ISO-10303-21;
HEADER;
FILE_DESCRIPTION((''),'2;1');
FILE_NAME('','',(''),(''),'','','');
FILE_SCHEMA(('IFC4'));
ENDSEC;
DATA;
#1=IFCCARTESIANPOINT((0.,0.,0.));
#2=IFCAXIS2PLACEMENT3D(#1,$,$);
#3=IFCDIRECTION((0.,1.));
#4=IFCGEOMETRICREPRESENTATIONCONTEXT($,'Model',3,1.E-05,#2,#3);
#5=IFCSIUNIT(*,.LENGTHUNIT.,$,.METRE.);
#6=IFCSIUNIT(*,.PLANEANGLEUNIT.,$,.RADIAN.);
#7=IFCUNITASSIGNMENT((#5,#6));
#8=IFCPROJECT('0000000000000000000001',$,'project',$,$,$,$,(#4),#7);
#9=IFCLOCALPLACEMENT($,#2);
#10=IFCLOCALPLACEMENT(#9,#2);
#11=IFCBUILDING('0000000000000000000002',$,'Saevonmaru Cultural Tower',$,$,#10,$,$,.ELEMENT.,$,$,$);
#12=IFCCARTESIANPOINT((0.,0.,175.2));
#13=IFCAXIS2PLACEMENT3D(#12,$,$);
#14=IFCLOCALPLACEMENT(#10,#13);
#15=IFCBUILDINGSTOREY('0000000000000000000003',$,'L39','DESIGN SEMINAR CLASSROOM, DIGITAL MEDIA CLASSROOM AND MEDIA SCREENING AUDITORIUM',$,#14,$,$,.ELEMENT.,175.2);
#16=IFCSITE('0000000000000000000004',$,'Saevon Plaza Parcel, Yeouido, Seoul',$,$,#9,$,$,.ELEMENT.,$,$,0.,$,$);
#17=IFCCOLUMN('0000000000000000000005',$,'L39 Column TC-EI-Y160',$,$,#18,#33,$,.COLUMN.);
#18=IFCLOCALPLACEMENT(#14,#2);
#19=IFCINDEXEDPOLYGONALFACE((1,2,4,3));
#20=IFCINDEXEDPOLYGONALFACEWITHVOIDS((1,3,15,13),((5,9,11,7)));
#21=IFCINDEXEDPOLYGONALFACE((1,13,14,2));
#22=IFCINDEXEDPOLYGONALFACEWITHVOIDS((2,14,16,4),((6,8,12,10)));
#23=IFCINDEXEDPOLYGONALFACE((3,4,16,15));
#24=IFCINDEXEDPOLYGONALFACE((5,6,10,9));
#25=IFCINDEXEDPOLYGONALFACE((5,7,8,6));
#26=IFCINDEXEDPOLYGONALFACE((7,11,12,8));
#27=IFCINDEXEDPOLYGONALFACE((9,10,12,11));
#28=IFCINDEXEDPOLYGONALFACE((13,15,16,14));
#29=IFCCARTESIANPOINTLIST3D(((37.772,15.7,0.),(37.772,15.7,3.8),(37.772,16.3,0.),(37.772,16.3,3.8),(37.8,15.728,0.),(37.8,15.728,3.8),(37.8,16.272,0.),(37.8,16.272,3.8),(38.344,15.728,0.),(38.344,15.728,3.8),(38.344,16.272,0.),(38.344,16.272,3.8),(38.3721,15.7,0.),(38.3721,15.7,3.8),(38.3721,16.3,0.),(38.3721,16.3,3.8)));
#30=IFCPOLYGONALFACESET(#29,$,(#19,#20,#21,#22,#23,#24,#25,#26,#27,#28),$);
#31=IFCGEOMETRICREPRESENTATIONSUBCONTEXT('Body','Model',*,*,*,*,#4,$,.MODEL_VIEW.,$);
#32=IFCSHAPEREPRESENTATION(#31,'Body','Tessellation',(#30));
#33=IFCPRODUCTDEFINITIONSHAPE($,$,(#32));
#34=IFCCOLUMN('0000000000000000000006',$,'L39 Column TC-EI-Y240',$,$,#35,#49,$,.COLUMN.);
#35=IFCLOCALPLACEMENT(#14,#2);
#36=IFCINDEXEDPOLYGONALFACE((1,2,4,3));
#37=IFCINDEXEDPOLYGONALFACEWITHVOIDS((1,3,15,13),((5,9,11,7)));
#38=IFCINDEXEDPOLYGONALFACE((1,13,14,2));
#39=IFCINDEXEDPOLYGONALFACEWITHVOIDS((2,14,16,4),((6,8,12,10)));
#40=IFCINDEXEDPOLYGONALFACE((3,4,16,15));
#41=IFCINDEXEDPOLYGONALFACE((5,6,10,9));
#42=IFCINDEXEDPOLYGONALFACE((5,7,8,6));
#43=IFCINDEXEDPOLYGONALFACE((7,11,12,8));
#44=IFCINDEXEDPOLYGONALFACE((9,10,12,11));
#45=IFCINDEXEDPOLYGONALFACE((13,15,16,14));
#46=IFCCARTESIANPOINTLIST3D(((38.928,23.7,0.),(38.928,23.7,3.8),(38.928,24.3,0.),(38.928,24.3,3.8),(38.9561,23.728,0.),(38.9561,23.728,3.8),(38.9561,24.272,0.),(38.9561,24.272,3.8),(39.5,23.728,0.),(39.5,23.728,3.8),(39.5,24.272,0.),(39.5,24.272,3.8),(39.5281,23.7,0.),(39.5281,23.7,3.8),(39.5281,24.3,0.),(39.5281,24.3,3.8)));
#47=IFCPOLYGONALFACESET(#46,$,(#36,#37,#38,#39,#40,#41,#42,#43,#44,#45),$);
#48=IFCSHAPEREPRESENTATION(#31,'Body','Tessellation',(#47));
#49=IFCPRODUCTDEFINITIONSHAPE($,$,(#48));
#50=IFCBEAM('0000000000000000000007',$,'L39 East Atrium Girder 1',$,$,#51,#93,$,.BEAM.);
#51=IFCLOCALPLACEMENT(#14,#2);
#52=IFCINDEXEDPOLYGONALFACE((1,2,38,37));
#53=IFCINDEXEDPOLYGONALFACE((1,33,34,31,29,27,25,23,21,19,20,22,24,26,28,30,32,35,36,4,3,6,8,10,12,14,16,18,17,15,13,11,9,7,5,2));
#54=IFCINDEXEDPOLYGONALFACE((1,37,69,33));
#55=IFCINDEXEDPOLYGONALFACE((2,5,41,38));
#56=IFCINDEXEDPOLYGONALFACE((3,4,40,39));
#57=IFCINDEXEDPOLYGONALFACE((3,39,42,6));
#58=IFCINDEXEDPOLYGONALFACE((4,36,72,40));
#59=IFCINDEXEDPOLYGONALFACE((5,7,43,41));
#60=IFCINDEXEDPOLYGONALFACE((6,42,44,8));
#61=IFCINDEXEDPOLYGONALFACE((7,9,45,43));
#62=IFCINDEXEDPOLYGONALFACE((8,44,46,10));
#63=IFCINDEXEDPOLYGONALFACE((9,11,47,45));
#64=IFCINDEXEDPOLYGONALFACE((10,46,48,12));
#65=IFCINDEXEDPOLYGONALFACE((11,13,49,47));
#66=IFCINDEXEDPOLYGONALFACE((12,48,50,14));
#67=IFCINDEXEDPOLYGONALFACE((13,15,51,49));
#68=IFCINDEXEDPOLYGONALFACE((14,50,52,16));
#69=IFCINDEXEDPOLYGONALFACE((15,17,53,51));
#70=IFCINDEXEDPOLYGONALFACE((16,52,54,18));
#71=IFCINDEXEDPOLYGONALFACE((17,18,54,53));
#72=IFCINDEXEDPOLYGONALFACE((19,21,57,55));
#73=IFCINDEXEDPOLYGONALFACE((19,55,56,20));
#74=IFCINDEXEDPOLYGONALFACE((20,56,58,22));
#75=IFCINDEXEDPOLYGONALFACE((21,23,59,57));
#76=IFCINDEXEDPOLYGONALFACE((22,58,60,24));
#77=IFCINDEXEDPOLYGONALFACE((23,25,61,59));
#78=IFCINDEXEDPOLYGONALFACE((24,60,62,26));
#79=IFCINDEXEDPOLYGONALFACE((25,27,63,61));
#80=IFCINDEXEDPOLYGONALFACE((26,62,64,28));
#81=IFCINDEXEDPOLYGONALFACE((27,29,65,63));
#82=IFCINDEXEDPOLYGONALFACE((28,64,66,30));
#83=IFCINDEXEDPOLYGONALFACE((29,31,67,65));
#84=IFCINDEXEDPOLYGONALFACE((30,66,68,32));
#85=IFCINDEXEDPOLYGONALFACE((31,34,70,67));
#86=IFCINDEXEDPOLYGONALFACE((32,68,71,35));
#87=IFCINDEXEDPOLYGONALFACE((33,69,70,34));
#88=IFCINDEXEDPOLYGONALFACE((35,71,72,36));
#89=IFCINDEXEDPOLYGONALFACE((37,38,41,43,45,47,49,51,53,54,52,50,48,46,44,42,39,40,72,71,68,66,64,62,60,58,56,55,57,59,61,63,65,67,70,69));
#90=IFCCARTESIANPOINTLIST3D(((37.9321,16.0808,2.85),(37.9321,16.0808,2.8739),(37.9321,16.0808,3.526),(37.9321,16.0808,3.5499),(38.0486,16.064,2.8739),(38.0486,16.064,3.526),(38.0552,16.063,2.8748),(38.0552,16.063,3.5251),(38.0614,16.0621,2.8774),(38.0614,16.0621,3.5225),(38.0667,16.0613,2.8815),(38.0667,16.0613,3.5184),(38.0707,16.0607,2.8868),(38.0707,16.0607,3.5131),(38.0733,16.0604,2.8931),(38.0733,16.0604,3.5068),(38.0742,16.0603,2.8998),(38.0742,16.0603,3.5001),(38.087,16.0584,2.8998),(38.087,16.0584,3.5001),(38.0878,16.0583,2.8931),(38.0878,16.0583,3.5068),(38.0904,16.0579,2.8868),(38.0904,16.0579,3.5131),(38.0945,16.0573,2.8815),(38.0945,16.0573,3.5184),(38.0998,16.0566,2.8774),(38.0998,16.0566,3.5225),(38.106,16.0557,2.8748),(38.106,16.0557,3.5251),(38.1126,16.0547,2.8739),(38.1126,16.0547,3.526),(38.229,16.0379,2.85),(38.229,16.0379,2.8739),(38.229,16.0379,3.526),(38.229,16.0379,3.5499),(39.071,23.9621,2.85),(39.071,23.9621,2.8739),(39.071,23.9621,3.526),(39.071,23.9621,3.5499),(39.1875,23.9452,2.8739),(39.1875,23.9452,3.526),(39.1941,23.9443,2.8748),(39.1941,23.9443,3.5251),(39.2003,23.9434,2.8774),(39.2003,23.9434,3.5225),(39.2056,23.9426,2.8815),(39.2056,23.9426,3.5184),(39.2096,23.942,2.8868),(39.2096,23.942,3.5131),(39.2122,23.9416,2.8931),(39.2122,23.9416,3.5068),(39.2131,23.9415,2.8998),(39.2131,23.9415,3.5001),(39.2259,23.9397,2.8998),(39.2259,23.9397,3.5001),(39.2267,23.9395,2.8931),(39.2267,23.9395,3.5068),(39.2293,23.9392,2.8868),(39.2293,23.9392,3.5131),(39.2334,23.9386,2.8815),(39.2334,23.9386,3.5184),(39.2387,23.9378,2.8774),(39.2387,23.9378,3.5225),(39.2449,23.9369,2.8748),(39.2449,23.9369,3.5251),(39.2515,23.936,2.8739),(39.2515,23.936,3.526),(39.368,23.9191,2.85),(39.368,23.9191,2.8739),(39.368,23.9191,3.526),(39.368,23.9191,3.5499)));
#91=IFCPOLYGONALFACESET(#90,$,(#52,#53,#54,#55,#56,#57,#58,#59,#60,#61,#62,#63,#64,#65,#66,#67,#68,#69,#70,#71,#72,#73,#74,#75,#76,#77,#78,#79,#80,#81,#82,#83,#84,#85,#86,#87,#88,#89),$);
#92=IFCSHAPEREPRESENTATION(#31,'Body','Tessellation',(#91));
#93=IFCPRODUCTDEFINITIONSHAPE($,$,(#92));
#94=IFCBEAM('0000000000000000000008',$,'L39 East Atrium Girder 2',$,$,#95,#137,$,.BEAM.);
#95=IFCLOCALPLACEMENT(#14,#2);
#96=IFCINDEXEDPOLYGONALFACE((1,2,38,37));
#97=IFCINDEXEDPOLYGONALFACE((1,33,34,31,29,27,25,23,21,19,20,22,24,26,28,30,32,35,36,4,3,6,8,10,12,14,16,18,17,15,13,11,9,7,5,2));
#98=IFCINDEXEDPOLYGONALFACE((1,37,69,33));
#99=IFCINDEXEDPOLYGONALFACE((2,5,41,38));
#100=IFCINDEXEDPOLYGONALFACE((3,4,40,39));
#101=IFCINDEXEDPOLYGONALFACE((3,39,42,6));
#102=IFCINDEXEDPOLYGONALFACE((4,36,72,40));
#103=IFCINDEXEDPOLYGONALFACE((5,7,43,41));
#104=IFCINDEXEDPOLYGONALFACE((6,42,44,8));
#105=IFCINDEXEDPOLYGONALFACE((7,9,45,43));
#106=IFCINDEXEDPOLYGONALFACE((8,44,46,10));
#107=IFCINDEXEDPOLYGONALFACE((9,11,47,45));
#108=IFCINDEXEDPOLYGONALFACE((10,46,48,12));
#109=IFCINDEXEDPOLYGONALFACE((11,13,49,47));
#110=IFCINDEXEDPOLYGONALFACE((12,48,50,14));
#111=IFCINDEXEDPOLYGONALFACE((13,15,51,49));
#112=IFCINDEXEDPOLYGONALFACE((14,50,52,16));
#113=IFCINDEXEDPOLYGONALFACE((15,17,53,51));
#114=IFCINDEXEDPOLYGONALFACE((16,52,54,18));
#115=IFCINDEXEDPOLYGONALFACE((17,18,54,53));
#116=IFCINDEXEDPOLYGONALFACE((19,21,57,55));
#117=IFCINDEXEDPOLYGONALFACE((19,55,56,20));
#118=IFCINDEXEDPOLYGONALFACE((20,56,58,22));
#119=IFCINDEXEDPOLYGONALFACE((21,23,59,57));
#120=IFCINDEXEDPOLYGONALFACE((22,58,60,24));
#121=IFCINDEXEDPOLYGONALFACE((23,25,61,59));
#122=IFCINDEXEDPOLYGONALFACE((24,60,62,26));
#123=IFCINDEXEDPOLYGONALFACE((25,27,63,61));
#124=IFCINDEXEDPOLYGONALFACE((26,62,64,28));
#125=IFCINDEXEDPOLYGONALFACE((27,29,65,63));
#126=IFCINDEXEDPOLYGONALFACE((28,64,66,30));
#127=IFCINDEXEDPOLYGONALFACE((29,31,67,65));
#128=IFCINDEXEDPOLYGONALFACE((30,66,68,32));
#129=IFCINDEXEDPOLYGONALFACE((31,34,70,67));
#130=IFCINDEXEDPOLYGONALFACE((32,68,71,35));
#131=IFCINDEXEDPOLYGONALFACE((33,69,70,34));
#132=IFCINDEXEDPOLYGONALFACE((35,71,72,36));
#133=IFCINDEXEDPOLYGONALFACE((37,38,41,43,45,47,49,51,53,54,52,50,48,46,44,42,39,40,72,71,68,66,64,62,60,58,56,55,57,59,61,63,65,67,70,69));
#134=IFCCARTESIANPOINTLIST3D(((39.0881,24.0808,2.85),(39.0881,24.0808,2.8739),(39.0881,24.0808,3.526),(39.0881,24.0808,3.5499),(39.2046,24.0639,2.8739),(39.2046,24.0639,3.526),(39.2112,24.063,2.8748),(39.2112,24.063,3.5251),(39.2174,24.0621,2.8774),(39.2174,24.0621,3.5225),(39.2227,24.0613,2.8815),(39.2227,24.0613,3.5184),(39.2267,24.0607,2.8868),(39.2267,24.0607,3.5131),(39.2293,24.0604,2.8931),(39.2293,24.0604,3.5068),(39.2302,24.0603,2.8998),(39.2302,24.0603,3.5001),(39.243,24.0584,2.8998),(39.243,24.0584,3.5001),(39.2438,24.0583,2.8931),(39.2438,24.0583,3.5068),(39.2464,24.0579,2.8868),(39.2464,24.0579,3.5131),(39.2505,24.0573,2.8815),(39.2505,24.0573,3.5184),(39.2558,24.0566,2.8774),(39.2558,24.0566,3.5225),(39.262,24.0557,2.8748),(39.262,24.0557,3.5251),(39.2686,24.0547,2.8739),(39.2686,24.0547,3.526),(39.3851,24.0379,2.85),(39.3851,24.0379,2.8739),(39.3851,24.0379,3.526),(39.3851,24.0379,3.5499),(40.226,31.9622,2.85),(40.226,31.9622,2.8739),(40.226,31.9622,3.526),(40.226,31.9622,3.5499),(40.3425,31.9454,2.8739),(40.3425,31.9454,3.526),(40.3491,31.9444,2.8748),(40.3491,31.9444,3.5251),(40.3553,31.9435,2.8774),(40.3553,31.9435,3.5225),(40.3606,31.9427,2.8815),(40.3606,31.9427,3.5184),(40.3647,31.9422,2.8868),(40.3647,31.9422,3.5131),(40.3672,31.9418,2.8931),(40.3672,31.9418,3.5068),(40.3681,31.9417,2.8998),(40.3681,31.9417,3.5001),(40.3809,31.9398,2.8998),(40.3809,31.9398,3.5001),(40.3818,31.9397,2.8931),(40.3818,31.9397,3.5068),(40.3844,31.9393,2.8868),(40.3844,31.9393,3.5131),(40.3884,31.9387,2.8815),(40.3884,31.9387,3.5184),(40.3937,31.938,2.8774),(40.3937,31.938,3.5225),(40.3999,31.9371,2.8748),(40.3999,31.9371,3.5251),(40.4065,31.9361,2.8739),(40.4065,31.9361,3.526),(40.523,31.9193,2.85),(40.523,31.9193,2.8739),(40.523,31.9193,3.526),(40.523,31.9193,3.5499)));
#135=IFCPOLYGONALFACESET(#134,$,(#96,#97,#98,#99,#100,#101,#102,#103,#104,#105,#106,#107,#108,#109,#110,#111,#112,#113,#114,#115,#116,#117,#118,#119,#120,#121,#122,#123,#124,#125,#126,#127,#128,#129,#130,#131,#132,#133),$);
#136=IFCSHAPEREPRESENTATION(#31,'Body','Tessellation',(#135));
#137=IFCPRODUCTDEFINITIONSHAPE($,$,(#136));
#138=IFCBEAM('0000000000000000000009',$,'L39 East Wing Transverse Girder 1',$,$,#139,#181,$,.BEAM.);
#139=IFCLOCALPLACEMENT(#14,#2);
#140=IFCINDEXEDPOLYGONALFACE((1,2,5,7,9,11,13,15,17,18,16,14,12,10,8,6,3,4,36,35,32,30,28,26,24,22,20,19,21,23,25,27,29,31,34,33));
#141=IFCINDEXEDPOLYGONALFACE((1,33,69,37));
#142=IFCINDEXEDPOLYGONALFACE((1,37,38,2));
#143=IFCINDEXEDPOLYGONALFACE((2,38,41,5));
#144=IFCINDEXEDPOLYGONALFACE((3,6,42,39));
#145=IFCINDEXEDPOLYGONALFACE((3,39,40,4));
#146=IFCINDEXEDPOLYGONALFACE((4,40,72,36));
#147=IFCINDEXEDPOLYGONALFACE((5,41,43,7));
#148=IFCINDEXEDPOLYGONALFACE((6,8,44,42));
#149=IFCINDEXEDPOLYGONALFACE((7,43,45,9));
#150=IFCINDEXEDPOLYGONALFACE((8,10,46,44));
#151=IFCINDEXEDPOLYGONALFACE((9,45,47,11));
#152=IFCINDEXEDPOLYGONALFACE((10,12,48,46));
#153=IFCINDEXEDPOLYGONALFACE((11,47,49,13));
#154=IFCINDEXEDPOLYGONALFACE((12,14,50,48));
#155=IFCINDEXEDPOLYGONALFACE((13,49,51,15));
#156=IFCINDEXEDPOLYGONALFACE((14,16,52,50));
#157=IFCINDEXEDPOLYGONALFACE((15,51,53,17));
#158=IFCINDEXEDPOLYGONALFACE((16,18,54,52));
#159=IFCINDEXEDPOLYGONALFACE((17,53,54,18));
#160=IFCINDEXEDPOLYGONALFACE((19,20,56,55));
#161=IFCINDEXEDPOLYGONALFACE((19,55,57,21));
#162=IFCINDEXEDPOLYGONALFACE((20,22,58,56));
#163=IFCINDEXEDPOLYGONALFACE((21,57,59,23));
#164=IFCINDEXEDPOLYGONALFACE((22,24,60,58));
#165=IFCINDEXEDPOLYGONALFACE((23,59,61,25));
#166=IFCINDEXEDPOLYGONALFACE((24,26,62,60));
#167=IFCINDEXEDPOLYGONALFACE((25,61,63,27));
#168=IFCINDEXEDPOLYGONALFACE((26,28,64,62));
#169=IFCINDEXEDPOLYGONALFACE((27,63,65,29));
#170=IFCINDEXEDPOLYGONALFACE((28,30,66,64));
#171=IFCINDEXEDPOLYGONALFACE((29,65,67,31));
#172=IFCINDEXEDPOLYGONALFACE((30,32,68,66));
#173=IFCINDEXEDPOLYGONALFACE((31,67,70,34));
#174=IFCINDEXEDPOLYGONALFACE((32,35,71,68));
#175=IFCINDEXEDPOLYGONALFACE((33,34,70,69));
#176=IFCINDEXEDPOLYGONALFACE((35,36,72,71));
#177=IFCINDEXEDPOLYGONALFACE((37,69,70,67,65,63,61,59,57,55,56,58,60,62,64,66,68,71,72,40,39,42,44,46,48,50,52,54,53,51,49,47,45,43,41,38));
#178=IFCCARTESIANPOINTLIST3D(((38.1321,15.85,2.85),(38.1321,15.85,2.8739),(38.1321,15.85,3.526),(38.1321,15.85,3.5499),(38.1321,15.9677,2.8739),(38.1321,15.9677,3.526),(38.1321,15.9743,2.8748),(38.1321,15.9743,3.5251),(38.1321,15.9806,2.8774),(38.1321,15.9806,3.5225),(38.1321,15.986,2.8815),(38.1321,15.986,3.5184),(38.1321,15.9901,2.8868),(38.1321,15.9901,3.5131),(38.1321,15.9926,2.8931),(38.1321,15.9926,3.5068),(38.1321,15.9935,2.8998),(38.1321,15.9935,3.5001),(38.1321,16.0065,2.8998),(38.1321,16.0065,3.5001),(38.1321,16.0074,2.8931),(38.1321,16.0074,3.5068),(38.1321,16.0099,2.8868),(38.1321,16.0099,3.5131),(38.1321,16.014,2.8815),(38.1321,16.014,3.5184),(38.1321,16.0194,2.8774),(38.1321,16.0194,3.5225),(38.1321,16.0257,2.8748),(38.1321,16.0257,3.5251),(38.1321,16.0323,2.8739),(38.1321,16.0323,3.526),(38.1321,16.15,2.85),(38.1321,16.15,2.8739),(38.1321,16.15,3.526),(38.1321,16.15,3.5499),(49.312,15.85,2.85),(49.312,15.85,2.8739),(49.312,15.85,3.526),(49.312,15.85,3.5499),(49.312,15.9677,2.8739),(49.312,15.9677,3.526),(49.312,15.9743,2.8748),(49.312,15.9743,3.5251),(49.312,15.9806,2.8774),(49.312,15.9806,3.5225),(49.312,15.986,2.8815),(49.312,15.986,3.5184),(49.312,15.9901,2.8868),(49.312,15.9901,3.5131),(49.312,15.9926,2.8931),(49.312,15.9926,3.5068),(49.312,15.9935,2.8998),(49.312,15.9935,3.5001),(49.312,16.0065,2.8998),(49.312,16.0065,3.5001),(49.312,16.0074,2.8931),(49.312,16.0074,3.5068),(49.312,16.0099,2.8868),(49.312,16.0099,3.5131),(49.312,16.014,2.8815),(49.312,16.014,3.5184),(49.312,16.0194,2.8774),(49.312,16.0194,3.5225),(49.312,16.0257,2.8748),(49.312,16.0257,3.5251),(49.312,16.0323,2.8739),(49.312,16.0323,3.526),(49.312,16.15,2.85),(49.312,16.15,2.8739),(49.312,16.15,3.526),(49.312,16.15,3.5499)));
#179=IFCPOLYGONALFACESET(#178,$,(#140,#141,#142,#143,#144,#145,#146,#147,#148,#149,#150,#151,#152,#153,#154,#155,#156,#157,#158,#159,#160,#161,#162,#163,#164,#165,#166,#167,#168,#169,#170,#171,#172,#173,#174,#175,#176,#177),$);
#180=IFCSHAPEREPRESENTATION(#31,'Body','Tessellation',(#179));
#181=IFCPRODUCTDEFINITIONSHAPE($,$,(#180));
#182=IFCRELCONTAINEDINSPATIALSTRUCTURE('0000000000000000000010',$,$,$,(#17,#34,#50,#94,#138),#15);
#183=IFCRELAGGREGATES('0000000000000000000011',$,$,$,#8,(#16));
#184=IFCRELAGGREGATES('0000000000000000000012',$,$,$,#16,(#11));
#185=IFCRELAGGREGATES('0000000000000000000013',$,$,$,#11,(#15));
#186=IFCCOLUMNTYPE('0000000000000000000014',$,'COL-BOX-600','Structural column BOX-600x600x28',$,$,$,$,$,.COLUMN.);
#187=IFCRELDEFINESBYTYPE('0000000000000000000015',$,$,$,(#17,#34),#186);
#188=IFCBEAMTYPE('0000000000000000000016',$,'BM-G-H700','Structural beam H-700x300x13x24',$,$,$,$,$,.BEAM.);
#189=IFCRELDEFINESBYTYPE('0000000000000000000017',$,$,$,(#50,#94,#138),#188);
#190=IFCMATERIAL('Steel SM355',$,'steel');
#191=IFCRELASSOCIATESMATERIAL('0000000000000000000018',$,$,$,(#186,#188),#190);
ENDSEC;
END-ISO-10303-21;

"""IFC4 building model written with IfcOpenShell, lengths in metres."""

from ifc_helpers import new_model, si_unit, direction, frame, origin, origin_2d, place, context, subcontext, project, spatial, hollow_rectangle, i_section, extrude, material, material_profile, profile_set, type_object, element, save


model = new_model("IFC4")

# Units and contexts
model_context = context("Model", 3, precision=1e-05, world=origin(), true_north=direction((0.0, 1.0)))
body_context = subcontext(model_context, "Body", "Model", "MODEL_VIEW")
ifc_project = project(units=[si_unit("LENGTHUNIT", "METRE"), si_unit("PLANEANGLEUNIT", "RADIAN")], contexts=[model_context])

# Site, building, storey
site_placement = place(None, origin())
site = spatial("IfcSite", under=ifc_project, at=site_placement, Name="Saevon Plaza Parcel, Yeouido, Seoul", CompositionType="ELEMENT", RefElevation=0.0)
building_placement = place(site_placement, origin())
building = spatial("IfcBuilding", under=site, at=building_placement, Name="Saevonmaru Cultural Tower", CompositionType="ELEMENT")
storey_placement = place(building_placement, frame((0.0, 0.0, 175.2)))
storey = spatial("IfcBuildingStorey", under=building, at=storey_placement, Name="L39", Description="DESIGN SEMINAR CLASSROOM, DIGITAL MEDIA CLASSROOM AND MEDIA SCREENING AUDITORIUM", CompositionType="ELEMENT", Elevation=175.2)

# Columns
ifc_material_1 = material(Name="Steel SM355", Category="steel")
ifc_material_profile_1 = material_profile(ifc_material_1, hollow_rectangle(XDim=0.6001, YDim=0.6001, WallThickness=0.0281, at=origin_2d()), Name="BOX-600x600x28")
ifc_profile_set_1 = profile_set([ifc_material_profile_1], Name="Steel SM355")
column_type = type_object("IfcColumnType", Name="COL-BOX-600", Description="Structural column BOX-600x600x28", PredefinedType="COLUMN", material=ifc_profile_set_1)
for number, where, z_axis, x_axis, name in (
    (1, (38.072, 16.0, 0.0), (0.0, 0.0, 1.0), (1.0, 0.0, 0.0), "L39 Column TC-EI-Y160"),
    (2, (39.228, 24.0, 0.0), (0.0, 0.0, 1.0), (1.0, 0.0, 0.0), "L39 Column TC-EI-Y240"),
):
    element("IfcColumn", number, at=place(storey_placement, frame(where, z_axis=z_axis, x_axis=x_axis)), inside=storey, type_object=column_type, Name=name, PredefinedType="COLUMN", context=body_context, shape_type="SweptSolid", body=[
        extrude(hollow_rectangle(XDim=0.6001, YDim=0.6001, WallThickness=0.0281, at=origin_2d()), origin(), (0.0, 0.0, 1.0), 3.8),
    ])

# Beams
ifc_material_profile_2 = material_profile(ifc_material_1, i_section(OverallWidth=0.3, OverallDepth=0.7, WebThickness=0.0129, FlangeThickness=0.0239, FilletRadius=0.0259, at=origin_2d()), Name="H-700x300x13x24")
ifc_profile_set_2 = profile_set([ifc_material_profile_2], Name="Steel SM355")
beam_type_1 = type_object("IfcBeamType", Name="BM-G-H700", Description="Structural beam H-700x300x13x24", PredefinedType="BEAM", material=ifc_profile_set_2)
for number, where, z_axis, x_axis, name in (
    (3, (38.0806, 16.0593, 3.2), (0.143022, 0.989719, 0.0), (-0.989719, 0.143022, 0.0), "L39 East Atrium Girder 1"),
    (4, (39.2366, 24.0593, 3.2), (0.142902, 0.989737, 0.0), (-0.989737, 0.142902, 0.0), "L39 East Atrium Girder 2"),
):
    element("IfcBeam", number, at=place(storey_placement, frame(where, z_axis=z_axis, x_axis=x_axis)), inside=storey, type_object=beam_type_1, Name=name, PredefinedType="BEAM", context=body_context, shape_type="SweptSolid", body=[
        extrude(i_section(OverallWidth=0.3, OverallDepth=0.7, WebThickness=0.0129, FlangeThickness=0.0239, FilletRadius=0.0259, at=origin_2d()), origin(), (0.0, 0.0, 1.0), 7.9631),
    ])
for number, where, z_axis, x_axis, name in (
    (5, (38.1321, 16.0, 3.2), (1.0, 0.0, 0.0), (0.0, 1.0, 0.0), "L39 East Wing Transverse Girder 1"),
):
    element("IfcBeam", number, at=place(storey_placement, frame(where, z_axis=z_axis, x_axis=x_axis)), inside=storey, type_object=beam_type_1, Name=name, PredefinedType="BEAM", context=body_context, shape_type="SweptSolid", body=[
        extrude(i_section(OverallWidth=0.3, OverallDepth=0.7, WebThickness=0.0129, FlangeThickness=0.0239, FilletRadius=0.0259, at=origin_2d()), origin(), (0.0, 0.0, 1.0), 11.1799),
    ])

save(model, "model.ifc")
